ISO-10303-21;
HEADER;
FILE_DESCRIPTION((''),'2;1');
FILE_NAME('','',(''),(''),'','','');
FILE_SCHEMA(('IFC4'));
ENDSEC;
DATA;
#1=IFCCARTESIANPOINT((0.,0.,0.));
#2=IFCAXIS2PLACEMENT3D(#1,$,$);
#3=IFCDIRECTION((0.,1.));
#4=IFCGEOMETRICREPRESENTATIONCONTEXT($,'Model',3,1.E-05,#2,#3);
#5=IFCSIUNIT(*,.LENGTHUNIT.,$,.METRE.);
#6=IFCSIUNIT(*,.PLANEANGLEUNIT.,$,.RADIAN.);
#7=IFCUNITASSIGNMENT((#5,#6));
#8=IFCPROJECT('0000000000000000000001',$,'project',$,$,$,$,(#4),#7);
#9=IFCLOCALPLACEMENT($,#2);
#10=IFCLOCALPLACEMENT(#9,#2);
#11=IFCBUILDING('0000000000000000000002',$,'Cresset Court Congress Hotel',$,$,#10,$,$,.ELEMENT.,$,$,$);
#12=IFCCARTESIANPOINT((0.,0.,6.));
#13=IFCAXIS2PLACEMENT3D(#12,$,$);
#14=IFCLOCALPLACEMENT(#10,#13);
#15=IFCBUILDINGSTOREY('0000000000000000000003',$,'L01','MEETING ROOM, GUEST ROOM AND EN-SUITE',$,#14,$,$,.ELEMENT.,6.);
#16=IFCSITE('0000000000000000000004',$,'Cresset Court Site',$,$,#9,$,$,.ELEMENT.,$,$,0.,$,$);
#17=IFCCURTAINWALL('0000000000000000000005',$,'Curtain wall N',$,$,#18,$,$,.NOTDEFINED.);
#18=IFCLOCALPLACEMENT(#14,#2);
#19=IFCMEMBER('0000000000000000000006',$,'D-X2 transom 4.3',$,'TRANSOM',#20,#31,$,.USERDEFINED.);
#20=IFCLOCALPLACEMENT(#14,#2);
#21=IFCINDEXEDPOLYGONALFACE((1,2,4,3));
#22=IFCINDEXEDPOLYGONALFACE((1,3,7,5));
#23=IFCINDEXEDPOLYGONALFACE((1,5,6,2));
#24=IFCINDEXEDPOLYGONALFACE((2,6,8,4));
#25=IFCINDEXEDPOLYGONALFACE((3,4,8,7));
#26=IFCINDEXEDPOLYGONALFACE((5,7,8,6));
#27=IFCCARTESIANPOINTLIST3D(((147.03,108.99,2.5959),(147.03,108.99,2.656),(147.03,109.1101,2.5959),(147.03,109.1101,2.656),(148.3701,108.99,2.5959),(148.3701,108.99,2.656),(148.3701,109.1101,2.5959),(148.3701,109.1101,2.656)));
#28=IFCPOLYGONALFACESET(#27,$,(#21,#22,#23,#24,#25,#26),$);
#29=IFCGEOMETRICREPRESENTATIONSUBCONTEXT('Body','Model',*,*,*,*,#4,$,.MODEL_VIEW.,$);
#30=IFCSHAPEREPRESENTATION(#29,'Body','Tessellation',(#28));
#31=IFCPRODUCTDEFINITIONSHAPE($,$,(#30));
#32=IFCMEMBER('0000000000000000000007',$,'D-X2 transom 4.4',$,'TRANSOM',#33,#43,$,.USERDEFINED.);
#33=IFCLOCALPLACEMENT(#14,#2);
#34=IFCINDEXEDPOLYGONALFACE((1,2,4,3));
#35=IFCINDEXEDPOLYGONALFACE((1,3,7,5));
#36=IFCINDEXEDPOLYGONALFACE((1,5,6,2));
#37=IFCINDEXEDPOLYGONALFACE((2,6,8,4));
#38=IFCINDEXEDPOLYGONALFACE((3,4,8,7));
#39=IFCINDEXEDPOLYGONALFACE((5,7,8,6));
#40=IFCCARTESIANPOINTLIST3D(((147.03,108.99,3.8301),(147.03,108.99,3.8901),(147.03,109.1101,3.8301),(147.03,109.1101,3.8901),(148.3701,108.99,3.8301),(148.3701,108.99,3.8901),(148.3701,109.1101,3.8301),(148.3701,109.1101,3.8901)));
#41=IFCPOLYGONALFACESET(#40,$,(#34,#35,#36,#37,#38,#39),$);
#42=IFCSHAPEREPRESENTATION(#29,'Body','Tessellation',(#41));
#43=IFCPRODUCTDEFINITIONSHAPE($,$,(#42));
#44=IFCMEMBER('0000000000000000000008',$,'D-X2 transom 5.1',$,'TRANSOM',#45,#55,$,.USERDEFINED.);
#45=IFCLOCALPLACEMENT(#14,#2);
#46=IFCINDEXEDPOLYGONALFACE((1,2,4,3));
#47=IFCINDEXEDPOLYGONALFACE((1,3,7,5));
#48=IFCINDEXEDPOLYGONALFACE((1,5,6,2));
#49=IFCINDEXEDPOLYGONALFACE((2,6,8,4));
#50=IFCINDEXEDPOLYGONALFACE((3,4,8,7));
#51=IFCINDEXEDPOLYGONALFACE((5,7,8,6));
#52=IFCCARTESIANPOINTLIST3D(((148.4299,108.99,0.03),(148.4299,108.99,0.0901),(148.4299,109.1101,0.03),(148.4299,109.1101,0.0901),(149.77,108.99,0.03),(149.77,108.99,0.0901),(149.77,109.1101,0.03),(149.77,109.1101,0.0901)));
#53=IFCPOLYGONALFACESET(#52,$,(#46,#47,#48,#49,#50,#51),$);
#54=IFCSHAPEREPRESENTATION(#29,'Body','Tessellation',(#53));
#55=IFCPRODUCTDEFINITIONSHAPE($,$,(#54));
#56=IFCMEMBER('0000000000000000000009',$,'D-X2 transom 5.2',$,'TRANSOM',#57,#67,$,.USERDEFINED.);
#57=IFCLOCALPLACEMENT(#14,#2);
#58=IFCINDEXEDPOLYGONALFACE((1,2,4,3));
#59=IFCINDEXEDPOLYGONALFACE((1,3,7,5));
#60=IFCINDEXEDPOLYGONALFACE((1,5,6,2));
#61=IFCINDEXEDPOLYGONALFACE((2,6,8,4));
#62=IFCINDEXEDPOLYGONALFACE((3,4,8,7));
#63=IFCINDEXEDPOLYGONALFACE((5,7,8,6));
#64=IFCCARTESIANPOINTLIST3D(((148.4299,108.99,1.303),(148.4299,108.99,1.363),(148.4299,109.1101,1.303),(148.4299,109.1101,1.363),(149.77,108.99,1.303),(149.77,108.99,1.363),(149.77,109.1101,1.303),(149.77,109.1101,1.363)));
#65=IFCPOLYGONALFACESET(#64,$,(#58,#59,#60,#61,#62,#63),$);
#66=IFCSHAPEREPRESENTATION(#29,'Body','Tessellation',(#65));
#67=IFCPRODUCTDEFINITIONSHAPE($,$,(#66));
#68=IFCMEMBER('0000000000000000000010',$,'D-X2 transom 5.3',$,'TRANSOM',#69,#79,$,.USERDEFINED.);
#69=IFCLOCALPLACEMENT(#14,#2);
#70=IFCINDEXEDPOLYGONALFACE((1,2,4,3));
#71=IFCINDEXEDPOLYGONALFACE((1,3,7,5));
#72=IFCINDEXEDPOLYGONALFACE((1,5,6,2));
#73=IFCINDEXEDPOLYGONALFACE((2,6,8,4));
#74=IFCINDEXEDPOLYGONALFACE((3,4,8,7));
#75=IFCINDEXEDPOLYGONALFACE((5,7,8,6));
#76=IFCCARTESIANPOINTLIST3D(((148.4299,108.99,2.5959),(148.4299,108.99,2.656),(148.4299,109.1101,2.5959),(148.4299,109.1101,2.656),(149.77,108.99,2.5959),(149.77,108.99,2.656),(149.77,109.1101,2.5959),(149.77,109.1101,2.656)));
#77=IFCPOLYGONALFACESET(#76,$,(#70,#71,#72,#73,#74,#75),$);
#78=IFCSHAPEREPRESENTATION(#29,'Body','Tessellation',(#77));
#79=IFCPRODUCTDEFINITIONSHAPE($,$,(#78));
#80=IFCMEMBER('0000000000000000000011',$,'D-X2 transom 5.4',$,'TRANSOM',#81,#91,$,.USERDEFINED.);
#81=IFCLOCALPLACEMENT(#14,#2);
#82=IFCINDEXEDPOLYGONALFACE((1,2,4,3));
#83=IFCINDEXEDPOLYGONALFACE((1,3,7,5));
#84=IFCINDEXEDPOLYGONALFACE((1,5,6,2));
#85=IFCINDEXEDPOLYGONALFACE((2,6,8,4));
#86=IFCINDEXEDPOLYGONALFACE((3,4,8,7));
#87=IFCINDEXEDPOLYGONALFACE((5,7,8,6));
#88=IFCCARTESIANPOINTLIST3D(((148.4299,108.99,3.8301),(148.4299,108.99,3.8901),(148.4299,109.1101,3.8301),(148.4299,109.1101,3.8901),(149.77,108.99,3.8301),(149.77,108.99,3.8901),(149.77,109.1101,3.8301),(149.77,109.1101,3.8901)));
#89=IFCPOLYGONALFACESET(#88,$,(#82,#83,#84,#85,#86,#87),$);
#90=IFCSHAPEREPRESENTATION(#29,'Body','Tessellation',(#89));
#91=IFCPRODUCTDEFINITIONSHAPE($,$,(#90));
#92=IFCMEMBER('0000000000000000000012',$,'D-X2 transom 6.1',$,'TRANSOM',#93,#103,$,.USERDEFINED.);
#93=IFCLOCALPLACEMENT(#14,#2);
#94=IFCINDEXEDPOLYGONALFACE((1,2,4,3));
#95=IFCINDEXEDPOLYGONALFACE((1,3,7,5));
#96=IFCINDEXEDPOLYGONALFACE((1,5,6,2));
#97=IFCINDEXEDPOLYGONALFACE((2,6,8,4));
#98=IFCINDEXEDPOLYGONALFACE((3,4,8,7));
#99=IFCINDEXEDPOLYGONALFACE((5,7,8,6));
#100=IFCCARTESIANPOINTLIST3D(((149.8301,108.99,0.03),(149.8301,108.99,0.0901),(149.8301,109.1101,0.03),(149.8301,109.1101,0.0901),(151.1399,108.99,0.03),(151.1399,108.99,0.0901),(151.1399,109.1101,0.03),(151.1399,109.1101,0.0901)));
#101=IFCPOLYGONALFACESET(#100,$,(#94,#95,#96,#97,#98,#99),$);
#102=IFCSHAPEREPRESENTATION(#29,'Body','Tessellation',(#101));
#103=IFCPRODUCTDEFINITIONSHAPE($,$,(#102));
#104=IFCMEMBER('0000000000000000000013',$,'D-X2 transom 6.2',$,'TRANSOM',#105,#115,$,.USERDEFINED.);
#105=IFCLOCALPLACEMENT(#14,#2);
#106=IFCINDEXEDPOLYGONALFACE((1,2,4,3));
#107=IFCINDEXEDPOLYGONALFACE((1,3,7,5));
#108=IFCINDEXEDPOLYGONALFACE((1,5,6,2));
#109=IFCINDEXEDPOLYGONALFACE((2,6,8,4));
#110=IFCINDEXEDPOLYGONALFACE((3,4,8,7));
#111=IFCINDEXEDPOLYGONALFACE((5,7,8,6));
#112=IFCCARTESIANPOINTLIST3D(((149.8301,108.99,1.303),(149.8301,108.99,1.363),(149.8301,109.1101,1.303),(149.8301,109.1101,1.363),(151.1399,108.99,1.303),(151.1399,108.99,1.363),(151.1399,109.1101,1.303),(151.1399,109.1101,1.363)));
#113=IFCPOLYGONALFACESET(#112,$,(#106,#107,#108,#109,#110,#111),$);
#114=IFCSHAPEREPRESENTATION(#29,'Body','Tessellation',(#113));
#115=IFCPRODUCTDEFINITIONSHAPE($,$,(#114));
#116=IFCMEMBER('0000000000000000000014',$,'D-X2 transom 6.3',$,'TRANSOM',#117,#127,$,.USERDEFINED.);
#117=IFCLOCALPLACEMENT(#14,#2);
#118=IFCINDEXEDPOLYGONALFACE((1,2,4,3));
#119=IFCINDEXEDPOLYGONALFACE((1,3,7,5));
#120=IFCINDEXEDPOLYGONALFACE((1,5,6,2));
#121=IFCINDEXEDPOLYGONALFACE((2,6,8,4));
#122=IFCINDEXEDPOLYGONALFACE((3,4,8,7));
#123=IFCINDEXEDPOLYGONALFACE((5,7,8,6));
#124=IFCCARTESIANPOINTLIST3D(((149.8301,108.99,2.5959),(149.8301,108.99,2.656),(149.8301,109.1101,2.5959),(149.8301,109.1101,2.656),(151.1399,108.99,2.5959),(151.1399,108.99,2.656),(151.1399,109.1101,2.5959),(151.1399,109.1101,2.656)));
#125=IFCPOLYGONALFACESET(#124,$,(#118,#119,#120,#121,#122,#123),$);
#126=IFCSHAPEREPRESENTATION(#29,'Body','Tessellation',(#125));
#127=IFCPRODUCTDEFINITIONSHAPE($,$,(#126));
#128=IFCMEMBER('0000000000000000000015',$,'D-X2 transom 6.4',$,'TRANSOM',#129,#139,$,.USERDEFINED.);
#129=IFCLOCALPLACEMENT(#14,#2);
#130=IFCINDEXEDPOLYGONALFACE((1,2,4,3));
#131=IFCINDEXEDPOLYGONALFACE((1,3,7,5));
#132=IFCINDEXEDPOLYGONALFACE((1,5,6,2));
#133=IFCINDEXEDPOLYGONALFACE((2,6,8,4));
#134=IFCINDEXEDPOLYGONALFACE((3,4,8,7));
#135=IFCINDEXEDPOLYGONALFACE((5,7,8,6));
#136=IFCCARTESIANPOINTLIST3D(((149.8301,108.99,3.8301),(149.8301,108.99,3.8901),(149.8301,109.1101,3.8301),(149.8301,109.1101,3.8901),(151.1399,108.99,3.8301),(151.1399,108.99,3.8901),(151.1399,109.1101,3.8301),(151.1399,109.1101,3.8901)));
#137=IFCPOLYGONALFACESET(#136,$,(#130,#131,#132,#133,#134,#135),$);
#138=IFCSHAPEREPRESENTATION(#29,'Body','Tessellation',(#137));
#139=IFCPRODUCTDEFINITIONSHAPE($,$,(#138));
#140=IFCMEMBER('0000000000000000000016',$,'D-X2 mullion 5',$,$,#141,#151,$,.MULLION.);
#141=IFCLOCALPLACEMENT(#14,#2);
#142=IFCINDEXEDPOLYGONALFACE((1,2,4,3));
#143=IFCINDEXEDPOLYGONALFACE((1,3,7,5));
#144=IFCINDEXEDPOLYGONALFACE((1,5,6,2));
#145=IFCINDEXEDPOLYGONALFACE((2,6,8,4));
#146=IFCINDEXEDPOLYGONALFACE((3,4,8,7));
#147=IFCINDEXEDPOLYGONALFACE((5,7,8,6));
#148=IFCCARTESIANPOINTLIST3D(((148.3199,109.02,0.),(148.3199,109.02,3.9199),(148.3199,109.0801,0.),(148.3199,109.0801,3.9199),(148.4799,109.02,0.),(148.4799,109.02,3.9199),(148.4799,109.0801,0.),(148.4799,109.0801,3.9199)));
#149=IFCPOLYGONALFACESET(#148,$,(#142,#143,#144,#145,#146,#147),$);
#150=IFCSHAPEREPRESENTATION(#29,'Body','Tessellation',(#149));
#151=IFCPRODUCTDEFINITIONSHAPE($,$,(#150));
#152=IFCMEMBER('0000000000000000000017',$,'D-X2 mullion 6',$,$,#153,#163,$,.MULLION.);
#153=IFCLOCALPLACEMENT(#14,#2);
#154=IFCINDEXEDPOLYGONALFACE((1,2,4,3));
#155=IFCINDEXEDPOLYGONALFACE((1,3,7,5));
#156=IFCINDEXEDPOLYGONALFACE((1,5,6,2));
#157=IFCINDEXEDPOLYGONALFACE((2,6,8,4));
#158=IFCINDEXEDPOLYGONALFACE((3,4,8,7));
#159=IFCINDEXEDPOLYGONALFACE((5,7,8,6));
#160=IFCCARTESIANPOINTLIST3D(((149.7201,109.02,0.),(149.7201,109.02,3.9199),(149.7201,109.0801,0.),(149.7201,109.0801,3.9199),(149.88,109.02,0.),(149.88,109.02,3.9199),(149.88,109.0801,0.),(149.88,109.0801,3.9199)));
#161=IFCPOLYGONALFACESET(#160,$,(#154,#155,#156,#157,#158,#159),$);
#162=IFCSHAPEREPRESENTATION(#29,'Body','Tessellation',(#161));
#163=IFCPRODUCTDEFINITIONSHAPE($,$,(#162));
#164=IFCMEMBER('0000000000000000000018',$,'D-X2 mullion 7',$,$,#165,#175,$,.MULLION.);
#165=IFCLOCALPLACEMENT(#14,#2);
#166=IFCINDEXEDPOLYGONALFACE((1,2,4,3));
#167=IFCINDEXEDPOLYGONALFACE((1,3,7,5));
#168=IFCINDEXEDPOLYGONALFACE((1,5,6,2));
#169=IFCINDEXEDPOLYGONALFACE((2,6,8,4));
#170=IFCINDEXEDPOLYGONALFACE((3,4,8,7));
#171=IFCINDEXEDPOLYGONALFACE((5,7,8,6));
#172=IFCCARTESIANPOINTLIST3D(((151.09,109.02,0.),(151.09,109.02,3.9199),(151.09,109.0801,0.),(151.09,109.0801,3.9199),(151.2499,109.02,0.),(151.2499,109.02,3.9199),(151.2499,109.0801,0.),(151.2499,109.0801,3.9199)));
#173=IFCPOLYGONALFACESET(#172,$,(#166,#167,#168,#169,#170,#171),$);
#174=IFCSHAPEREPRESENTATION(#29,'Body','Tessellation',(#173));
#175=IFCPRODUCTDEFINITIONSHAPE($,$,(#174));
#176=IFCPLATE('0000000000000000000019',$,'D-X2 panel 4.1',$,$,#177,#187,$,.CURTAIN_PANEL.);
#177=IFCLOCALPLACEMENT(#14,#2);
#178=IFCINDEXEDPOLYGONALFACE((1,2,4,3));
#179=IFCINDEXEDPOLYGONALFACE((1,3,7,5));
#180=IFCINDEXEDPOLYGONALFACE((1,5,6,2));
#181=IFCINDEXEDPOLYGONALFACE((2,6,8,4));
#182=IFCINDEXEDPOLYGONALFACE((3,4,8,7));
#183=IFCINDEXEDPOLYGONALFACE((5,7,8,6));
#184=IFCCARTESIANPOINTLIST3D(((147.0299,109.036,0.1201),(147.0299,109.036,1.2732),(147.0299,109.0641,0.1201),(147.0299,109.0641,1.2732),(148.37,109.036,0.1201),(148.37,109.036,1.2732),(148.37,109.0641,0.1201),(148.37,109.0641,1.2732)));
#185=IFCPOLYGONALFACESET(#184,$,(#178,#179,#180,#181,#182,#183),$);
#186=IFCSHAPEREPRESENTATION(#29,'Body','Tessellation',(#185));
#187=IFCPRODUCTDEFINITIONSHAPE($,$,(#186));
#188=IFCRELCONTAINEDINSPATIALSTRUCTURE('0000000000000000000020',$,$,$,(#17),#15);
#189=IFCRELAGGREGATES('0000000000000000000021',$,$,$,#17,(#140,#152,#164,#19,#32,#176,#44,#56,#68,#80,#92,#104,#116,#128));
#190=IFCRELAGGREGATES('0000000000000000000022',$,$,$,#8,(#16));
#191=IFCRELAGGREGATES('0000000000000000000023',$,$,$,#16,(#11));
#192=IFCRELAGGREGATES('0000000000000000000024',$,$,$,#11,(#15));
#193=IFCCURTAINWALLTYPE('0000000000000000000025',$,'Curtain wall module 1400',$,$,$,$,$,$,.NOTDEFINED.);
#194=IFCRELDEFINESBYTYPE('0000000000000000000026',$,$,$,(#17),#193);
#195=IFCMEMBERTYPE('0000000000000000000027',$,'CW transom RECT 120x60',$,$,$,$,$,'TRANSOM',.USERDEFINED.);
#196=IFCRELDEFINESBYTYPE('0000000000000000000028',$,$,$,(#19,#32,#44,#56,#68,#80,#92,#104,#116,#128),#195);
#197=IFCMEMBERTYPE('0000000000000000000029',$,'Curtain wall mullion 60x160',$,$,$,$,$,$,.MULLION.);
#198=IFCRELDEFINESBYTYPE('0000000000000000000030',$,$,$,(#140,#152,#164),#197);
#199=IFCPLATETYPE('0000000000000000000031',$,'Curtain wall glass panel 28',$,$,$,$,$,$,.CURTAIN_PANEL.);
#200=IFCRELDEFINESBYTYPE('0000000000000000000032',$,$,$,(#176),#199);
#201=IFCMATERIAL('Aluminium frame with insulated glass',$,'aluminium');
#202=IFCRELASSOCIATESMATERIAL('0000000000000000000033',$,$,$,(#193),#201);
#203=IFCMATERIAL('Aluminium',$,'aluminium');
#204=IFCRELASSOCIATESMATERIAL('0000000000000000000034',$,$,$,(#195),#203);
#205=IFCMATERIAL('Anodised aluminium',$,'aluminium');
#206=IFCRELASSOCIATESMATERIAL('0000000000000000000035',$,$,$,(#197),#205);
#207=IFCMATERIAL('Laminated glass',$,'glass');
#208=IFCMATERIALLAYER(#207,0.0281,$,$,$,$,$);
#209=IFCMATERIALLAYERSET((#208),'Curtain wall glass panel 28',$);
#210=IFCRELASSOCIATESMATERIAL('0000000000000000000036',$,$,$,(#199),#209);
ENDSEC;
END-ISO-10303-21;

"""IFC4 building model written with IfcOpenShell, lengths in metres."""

from ifc_helpers import new_model, si_unit, direction, frame, origin, origin_2d, place, context, subcontext, project, spatial, rectangle, extrude, material, layer, layer_set, material_profile, profile_set, type_object, element, aggregate, save


model = new_model("IFC4")

# Units and contexts
model_context = context("Model", 3, precision=1e-05, world=origin(), true_north=direction((0.0, 1.0)))
body_context = subcontext(model_context, "Body", "Model", "MODEL_VIEW")
ifc_project = project(units=[si_unit("LENGTHUNIT", "METRE"), si_unit("PLANEANGLEUNIT", "RADIAN")], contexts=[model_context])

# Site, building, storey
site_placement = place(None, origin())
site = spatial("IfcSite", under=ifc_project, at=site_placement, Name="Cresset Court Site", CompositionType="ELEMENT", RefElevation=0.0)
building_placement = place(site_placement, origin())
building = spatial("IfcBuilding", under=site, at=building_placement, Name="Cresset Court Congress Hotel", CompositionType="ELEMENT")
storey_placement = place(building_placement, frame((0.0, 0.0, 6.0)))
storey = spatial("IfcBuildingStorey", under=building, at=storey_placement, Name="L01", Description="MEETING ROOM, GUEST ROOM AND EN-SUITE", CompositionType="ELEMENT", Elevation=6.0)

# Curtain wall, members, plate
ifc_material_1 = material(Name="Aluminium frame with insulated glass", Category="aluminium")
curtain_wall_type = type_object("IfcCurtainWallType", Name="Curtain wall module 1400", PredefinedType="NOTDEFINED", material=ifc_material_1)
curtain_wall_placement = place(storey_placement, origin())
curtain_wall = element("IfcCurtainWall", 1, at=curtain_wall_placement, inside=storey, type_object=curtain_wall_type, Name="Curtain wall N", PredefinedType="NOTDEFINED")
ifc_material_2 = material(Name="Aluminium", Category="aluminium")
ifc_material_profile_1 = material_profile(ifc_material_2, rectangle(XDim=0.1201, YDim=0.0601, at=origin_2d()), Name="AL 120x60")
ifc_profile_set_1 = profile_set([ifc_material_profile_1], Name="Aluminium")
member_type_1 = type_object("IfcMemberType", Name="CW transom RECT 120x60", ElementType="TRANSOM", PredefinedType="USERDEFINED", material=ifc_profile_set_1)
member_1_placement = place(storey_placement, frame((147.03, 109.05, 2.626), z_axis=(1.0, 0.0, 0.0), x_axis=(0.0, 1.0, 0.0)))
member_1 = element("IfcMember", 2, at=member_1_placement, type_object=member_type_1, Name="D-X2 transom 4.3", ObjectType="TRANSOM", PredefinedType="USERDEFINED", context=body_context, shape_type="SweptSolid", body=[
    extrude(rectangle(XDim=0.1201, YDim=0.0601, at=origin_2d()), origin(), (0.0, 0.0, 1.0), 1.3401),
])
member_2_placement = place(storey_placement, frame((147.03, 109.05, 3.8601), z_axis=(1.0, 0.0, 0.0), x_axis=(0.0, 1.0, 0.0)))
member_2 = element("IfcMember", 3, at=member_2_placement, type_object=member_type_1, Name="D-X2 transom 4.4", ObjectType="TRANSOM", PredefinedType="USERDEFINED", context=body_context, shape_type="SweptSolid", body=[
    extrude(rectangle(XDim=0.1201, YDim=0.0601, at=origin_2d()), origin(), (0.0, 0.0, 1.0), 1.3401),
])
member_3_placement = place(storey_placement, frame((148.4299, 109.05, 0.0601), z_axis=(1.0, 0.0, 0.0), x_axis=(0.0, 1.0, 0.0)))
member_3 = element("IfcMember", 4, at=member_3_placement, type_object=member_type_1, Name="D-X2 transom 5.1", ObjectType="TRANSOM", PredefinedType="USERDEFINED", context=body_context, shape_type="SweptSolid", body=[
    extrude(rectangle(XDim=0.1201, YDim=0.0601, at=origin_2d()), origin(), (0.0, 0.0, 1.0), 1.3401),
])
member_4_placement = place(storey_placement, frame((148.4299, 109.05, 1.333), z_axis=(1.0, 0.0, 0.0), x_axis=(0.0, 1.0, 0.0)))
member_4 = element("IfcMember", 5, at=member_4_placement, type_object=member_type_1, Name="D-X2 transom 5.2", ObjectType="TRANSOM", PredefinedType="USERDEFINED", context=body_context, shape_type="SweptSolid", body=[
    extrude(rectangle(XDim=0.1201, YDim=0.0601, at=origin_2d()), origin(), (0.0, 0.0, 1.0), 1.3401),
])
member_5_placement = place(storey_placement, frame((148.4299, 109.05, 2.626), z_axis=(1.0, 0.0, 0.0), x_axis=(0.0, 1.0, 0.0)))
member_5 = element("IfcMember", 6, at=member_5_placement, type_object=member_type_1, Name="D-X2 transom 5.3", ObjectType="TRANSOM", PredefinedType="USERDEFINED", context=body_context, shape_type="SweptSolid", body=[
    extrude(rectangle(XDim=0.1201, YDim=0.0601, at=origin_2d()), origin(), (0.0, 0.0, 1.0), 1.3401),
])
member_6_placement = place(storey_placement, frame((148.4299, 109.05, 3.8601), z_axis=(1.0, 0.0, 0.0), x_axis=(0.0, 1.0, 0.0)))
member_6 = element("IfcMember", 7, at=member_6_placement, type_object=member_type_1, Name="D-X2 transom 5.4", ObjectType="TRANSOM", PredefinedType="USERDEFINED", context=body_context, shape_type="SweptSolid", body=[
    extrude(rectangle(XDim=0.1201, YDim=0.0601, at=origin_2d()), origin(), (0.0, 0.0, 1.0), 1.3401),
])
member_7_placement = place(storey_placement, frame((149.8301, 109.05, 0.0601), z_axis=(1.0, 0.0, 0.0), x_axis=(0.0, 1.0, 0.0)))
member_7 = element("IfcMember", 8, at=member_7_placement, type_object=member_type_1, Name="D-X2 transom 6.1", ObjectType="TRANSOM", PredefinedType="USERDEFINED", context=body_context, shape_type="SweptSolid", body=[
    extrude(rectangle(XDim=0.1201, YDim=0.0601, at=origin_2d()), origin(), (0.0, 0.0, 1.0), 1.3098),
])
member_8_placement = place(storey_placement, frame((149.8301, 109.05, 1.333), z_axis=(1.0, 0.0, 0.0), x_axis=(0.0, 1.0, 0.0)))
member_8 = element("IfcMember", 9, at=member_8_placement, type_object=member_type_1, Name="D-X2 transom 6.2", ObjectType="TRANSOM", PredefinedType="USERDEFINED", context=body_context, shape_type="SweptSolid", body=[
    extrude(rectangle(XDim=0.1201, YDim=0.0601, at=origin_2d()), origin(), (0.0, 0.0, 1.0), 1.3098),
])
member_9_placement = place(storey_placement, frame((149.8301, 109.05, 2.626), z_axis=(1.0, 0.0, 0.0), x_axis=(0.0, 1.0, 0.0)))
member_9 = element("IfcMember", 10, at=member_9_placement, type_object=member_type_1, Name="D-X2 transom 6.3", ObjectType="TRANSOM", PredefinedType="USERDEFINED", context=body_context, shape_type="SweptSolid", body=[
    extrude(rectangle(XDim=0.1201, YDim=0.0601, at=origin_2d()), origin(), (0.0, 0.0, 1.0), 1.3098),
])
member_10_placement = place(storey_placement, frame((149.8301, 109.05, 3.8601), z_axis=(1.0, 0.0, 0.0), x_axis=(0.0, 1.0, 0.0)))
member_10 = element("IfcMember", 11, at=member_10_placement, type_object=member_type_1, Name="D-X2 transom 6.4", ObjectType="TRANSOM", PredefinedType="USERDEFINED", context=body_context, shape_type="SweptSolid", body=[
    extrude(rectangle(XDim=0.1201, YDim=0.0601, at=origin_2d()), origin(), (0.0, 0.0, 1.0), 1.3098),
])
ifc_material_3 = material(Name="Anodised aluminium", Category="aluminium")
ifc_material_profile_2 = material_profile(ifc_material_3, rectangle(XDim=0.0601, YDim=0.1599, at=origin_2d()), Name="AL60x160")
ifc_profile_set_2 = profile_set([ifc_material_profile_2], Name="Anodised aluminium")
member_type_2 = type_object("IfcMemberType", Name="Curtain wall mullion 60x160", PredefinedType="MULLION", material=ifc_profile_set_2)
member_11_placement = place(storey_placement, frame((148.3999, 109.05, 0.0), z_axis=(0.0, 0.0, 1.0), x_axis=(0.0, 1.0, 0.0)))
member_11 = element("IfcMember", 12, at=member_11_placement, type_object=member_type_2, Name="D-X2 mullion 5", PredefinedType="MULLION", context=body_context, shape_type="SweptSolid", body=[
    extrude(rectangle(XDim=0.0601, YDim=0.1599, at=origin_2d()), origin(), (0.0, 0.0, 1.0), 3.9199),
])
member_12_placement = place(storey_placement, frame((149.8, 109.05, 0.0), z_axis=(0.0, 0.0, 1.0), x_axis=(0.0, 1.0, 0.0)))
member_12 = element("IfcMember", 13, at=member_12_placement, type_object=member_type_2, Name="D-X2 mullion 6", PredefinedType="MULLION", context=body_context, shape_type="SweptSolid", body=[
    extrude(rectangle(XDim=0.0601, YDim=0.1599, at=origin_2d()), origin(), (0.0, 0.0, 1.0), 3.9199),
])
member_13_placement = place(storey_placement, frame((151.1699, 109.05, 0.0), z_axis=(0.0, 0.0, 1.0), x_axis=(0.0, 1.0, 0.0)))
member_13 = element("IfcMember", 14, at=member_13_placement, type_object=member_type_2, Name="D-X2 mullion 7", PredefinedType="MULLION", context=body_context, shape_type="SweptSolid", body=[
    extrude(rectangle(XDim=0.0601, YDim=0.1599, at=origin_2d()), origin(), (0.0, 0.0, 1.0), 3.9199),
])
ifc_material_4 = material(Name="Laminated glass", Category="glass")
ifc_layer = layer(ifc_material_4, 0.0281)
ifc_layer_set = layer_set([ifc_layer], Name="Curtain wall glass panel 28")
plate_type = type_object("IfcPlateType", Name="Curtain wall glass panel 28", PredefinedType="CURTAIN_PANEL", material=ifc_layer_set)
plate_1_placement = place(storey_placement, frame((147.7, 109.05, 0.1201), z_axis=(0.0, 0.0, 1.0), x_axis=(1.0, 0.0, 0.0)))
plate_1 = element("IfcPlate", 15, at=plate_1_placement, type_object=plate_type, Name="D-X2 panel 4.1", PredefinedType="CURTAIN_PANEL", context=body_context, shape_type="SweptSolid", body=[
    extrude(rectangle(XDim=1.3401, YDim=0.0281, at=origin_2d()), origin(), (0.0, 0.0, 1.0), 1.1531),
])
aggregate(curtain_wall, [member_11, member_12, member_13, member_1, member_2, plate_1, member_3, member_4, member_5, member_6, member_7, member_8, member_9, member_10])

save(model, "model.ifc")
